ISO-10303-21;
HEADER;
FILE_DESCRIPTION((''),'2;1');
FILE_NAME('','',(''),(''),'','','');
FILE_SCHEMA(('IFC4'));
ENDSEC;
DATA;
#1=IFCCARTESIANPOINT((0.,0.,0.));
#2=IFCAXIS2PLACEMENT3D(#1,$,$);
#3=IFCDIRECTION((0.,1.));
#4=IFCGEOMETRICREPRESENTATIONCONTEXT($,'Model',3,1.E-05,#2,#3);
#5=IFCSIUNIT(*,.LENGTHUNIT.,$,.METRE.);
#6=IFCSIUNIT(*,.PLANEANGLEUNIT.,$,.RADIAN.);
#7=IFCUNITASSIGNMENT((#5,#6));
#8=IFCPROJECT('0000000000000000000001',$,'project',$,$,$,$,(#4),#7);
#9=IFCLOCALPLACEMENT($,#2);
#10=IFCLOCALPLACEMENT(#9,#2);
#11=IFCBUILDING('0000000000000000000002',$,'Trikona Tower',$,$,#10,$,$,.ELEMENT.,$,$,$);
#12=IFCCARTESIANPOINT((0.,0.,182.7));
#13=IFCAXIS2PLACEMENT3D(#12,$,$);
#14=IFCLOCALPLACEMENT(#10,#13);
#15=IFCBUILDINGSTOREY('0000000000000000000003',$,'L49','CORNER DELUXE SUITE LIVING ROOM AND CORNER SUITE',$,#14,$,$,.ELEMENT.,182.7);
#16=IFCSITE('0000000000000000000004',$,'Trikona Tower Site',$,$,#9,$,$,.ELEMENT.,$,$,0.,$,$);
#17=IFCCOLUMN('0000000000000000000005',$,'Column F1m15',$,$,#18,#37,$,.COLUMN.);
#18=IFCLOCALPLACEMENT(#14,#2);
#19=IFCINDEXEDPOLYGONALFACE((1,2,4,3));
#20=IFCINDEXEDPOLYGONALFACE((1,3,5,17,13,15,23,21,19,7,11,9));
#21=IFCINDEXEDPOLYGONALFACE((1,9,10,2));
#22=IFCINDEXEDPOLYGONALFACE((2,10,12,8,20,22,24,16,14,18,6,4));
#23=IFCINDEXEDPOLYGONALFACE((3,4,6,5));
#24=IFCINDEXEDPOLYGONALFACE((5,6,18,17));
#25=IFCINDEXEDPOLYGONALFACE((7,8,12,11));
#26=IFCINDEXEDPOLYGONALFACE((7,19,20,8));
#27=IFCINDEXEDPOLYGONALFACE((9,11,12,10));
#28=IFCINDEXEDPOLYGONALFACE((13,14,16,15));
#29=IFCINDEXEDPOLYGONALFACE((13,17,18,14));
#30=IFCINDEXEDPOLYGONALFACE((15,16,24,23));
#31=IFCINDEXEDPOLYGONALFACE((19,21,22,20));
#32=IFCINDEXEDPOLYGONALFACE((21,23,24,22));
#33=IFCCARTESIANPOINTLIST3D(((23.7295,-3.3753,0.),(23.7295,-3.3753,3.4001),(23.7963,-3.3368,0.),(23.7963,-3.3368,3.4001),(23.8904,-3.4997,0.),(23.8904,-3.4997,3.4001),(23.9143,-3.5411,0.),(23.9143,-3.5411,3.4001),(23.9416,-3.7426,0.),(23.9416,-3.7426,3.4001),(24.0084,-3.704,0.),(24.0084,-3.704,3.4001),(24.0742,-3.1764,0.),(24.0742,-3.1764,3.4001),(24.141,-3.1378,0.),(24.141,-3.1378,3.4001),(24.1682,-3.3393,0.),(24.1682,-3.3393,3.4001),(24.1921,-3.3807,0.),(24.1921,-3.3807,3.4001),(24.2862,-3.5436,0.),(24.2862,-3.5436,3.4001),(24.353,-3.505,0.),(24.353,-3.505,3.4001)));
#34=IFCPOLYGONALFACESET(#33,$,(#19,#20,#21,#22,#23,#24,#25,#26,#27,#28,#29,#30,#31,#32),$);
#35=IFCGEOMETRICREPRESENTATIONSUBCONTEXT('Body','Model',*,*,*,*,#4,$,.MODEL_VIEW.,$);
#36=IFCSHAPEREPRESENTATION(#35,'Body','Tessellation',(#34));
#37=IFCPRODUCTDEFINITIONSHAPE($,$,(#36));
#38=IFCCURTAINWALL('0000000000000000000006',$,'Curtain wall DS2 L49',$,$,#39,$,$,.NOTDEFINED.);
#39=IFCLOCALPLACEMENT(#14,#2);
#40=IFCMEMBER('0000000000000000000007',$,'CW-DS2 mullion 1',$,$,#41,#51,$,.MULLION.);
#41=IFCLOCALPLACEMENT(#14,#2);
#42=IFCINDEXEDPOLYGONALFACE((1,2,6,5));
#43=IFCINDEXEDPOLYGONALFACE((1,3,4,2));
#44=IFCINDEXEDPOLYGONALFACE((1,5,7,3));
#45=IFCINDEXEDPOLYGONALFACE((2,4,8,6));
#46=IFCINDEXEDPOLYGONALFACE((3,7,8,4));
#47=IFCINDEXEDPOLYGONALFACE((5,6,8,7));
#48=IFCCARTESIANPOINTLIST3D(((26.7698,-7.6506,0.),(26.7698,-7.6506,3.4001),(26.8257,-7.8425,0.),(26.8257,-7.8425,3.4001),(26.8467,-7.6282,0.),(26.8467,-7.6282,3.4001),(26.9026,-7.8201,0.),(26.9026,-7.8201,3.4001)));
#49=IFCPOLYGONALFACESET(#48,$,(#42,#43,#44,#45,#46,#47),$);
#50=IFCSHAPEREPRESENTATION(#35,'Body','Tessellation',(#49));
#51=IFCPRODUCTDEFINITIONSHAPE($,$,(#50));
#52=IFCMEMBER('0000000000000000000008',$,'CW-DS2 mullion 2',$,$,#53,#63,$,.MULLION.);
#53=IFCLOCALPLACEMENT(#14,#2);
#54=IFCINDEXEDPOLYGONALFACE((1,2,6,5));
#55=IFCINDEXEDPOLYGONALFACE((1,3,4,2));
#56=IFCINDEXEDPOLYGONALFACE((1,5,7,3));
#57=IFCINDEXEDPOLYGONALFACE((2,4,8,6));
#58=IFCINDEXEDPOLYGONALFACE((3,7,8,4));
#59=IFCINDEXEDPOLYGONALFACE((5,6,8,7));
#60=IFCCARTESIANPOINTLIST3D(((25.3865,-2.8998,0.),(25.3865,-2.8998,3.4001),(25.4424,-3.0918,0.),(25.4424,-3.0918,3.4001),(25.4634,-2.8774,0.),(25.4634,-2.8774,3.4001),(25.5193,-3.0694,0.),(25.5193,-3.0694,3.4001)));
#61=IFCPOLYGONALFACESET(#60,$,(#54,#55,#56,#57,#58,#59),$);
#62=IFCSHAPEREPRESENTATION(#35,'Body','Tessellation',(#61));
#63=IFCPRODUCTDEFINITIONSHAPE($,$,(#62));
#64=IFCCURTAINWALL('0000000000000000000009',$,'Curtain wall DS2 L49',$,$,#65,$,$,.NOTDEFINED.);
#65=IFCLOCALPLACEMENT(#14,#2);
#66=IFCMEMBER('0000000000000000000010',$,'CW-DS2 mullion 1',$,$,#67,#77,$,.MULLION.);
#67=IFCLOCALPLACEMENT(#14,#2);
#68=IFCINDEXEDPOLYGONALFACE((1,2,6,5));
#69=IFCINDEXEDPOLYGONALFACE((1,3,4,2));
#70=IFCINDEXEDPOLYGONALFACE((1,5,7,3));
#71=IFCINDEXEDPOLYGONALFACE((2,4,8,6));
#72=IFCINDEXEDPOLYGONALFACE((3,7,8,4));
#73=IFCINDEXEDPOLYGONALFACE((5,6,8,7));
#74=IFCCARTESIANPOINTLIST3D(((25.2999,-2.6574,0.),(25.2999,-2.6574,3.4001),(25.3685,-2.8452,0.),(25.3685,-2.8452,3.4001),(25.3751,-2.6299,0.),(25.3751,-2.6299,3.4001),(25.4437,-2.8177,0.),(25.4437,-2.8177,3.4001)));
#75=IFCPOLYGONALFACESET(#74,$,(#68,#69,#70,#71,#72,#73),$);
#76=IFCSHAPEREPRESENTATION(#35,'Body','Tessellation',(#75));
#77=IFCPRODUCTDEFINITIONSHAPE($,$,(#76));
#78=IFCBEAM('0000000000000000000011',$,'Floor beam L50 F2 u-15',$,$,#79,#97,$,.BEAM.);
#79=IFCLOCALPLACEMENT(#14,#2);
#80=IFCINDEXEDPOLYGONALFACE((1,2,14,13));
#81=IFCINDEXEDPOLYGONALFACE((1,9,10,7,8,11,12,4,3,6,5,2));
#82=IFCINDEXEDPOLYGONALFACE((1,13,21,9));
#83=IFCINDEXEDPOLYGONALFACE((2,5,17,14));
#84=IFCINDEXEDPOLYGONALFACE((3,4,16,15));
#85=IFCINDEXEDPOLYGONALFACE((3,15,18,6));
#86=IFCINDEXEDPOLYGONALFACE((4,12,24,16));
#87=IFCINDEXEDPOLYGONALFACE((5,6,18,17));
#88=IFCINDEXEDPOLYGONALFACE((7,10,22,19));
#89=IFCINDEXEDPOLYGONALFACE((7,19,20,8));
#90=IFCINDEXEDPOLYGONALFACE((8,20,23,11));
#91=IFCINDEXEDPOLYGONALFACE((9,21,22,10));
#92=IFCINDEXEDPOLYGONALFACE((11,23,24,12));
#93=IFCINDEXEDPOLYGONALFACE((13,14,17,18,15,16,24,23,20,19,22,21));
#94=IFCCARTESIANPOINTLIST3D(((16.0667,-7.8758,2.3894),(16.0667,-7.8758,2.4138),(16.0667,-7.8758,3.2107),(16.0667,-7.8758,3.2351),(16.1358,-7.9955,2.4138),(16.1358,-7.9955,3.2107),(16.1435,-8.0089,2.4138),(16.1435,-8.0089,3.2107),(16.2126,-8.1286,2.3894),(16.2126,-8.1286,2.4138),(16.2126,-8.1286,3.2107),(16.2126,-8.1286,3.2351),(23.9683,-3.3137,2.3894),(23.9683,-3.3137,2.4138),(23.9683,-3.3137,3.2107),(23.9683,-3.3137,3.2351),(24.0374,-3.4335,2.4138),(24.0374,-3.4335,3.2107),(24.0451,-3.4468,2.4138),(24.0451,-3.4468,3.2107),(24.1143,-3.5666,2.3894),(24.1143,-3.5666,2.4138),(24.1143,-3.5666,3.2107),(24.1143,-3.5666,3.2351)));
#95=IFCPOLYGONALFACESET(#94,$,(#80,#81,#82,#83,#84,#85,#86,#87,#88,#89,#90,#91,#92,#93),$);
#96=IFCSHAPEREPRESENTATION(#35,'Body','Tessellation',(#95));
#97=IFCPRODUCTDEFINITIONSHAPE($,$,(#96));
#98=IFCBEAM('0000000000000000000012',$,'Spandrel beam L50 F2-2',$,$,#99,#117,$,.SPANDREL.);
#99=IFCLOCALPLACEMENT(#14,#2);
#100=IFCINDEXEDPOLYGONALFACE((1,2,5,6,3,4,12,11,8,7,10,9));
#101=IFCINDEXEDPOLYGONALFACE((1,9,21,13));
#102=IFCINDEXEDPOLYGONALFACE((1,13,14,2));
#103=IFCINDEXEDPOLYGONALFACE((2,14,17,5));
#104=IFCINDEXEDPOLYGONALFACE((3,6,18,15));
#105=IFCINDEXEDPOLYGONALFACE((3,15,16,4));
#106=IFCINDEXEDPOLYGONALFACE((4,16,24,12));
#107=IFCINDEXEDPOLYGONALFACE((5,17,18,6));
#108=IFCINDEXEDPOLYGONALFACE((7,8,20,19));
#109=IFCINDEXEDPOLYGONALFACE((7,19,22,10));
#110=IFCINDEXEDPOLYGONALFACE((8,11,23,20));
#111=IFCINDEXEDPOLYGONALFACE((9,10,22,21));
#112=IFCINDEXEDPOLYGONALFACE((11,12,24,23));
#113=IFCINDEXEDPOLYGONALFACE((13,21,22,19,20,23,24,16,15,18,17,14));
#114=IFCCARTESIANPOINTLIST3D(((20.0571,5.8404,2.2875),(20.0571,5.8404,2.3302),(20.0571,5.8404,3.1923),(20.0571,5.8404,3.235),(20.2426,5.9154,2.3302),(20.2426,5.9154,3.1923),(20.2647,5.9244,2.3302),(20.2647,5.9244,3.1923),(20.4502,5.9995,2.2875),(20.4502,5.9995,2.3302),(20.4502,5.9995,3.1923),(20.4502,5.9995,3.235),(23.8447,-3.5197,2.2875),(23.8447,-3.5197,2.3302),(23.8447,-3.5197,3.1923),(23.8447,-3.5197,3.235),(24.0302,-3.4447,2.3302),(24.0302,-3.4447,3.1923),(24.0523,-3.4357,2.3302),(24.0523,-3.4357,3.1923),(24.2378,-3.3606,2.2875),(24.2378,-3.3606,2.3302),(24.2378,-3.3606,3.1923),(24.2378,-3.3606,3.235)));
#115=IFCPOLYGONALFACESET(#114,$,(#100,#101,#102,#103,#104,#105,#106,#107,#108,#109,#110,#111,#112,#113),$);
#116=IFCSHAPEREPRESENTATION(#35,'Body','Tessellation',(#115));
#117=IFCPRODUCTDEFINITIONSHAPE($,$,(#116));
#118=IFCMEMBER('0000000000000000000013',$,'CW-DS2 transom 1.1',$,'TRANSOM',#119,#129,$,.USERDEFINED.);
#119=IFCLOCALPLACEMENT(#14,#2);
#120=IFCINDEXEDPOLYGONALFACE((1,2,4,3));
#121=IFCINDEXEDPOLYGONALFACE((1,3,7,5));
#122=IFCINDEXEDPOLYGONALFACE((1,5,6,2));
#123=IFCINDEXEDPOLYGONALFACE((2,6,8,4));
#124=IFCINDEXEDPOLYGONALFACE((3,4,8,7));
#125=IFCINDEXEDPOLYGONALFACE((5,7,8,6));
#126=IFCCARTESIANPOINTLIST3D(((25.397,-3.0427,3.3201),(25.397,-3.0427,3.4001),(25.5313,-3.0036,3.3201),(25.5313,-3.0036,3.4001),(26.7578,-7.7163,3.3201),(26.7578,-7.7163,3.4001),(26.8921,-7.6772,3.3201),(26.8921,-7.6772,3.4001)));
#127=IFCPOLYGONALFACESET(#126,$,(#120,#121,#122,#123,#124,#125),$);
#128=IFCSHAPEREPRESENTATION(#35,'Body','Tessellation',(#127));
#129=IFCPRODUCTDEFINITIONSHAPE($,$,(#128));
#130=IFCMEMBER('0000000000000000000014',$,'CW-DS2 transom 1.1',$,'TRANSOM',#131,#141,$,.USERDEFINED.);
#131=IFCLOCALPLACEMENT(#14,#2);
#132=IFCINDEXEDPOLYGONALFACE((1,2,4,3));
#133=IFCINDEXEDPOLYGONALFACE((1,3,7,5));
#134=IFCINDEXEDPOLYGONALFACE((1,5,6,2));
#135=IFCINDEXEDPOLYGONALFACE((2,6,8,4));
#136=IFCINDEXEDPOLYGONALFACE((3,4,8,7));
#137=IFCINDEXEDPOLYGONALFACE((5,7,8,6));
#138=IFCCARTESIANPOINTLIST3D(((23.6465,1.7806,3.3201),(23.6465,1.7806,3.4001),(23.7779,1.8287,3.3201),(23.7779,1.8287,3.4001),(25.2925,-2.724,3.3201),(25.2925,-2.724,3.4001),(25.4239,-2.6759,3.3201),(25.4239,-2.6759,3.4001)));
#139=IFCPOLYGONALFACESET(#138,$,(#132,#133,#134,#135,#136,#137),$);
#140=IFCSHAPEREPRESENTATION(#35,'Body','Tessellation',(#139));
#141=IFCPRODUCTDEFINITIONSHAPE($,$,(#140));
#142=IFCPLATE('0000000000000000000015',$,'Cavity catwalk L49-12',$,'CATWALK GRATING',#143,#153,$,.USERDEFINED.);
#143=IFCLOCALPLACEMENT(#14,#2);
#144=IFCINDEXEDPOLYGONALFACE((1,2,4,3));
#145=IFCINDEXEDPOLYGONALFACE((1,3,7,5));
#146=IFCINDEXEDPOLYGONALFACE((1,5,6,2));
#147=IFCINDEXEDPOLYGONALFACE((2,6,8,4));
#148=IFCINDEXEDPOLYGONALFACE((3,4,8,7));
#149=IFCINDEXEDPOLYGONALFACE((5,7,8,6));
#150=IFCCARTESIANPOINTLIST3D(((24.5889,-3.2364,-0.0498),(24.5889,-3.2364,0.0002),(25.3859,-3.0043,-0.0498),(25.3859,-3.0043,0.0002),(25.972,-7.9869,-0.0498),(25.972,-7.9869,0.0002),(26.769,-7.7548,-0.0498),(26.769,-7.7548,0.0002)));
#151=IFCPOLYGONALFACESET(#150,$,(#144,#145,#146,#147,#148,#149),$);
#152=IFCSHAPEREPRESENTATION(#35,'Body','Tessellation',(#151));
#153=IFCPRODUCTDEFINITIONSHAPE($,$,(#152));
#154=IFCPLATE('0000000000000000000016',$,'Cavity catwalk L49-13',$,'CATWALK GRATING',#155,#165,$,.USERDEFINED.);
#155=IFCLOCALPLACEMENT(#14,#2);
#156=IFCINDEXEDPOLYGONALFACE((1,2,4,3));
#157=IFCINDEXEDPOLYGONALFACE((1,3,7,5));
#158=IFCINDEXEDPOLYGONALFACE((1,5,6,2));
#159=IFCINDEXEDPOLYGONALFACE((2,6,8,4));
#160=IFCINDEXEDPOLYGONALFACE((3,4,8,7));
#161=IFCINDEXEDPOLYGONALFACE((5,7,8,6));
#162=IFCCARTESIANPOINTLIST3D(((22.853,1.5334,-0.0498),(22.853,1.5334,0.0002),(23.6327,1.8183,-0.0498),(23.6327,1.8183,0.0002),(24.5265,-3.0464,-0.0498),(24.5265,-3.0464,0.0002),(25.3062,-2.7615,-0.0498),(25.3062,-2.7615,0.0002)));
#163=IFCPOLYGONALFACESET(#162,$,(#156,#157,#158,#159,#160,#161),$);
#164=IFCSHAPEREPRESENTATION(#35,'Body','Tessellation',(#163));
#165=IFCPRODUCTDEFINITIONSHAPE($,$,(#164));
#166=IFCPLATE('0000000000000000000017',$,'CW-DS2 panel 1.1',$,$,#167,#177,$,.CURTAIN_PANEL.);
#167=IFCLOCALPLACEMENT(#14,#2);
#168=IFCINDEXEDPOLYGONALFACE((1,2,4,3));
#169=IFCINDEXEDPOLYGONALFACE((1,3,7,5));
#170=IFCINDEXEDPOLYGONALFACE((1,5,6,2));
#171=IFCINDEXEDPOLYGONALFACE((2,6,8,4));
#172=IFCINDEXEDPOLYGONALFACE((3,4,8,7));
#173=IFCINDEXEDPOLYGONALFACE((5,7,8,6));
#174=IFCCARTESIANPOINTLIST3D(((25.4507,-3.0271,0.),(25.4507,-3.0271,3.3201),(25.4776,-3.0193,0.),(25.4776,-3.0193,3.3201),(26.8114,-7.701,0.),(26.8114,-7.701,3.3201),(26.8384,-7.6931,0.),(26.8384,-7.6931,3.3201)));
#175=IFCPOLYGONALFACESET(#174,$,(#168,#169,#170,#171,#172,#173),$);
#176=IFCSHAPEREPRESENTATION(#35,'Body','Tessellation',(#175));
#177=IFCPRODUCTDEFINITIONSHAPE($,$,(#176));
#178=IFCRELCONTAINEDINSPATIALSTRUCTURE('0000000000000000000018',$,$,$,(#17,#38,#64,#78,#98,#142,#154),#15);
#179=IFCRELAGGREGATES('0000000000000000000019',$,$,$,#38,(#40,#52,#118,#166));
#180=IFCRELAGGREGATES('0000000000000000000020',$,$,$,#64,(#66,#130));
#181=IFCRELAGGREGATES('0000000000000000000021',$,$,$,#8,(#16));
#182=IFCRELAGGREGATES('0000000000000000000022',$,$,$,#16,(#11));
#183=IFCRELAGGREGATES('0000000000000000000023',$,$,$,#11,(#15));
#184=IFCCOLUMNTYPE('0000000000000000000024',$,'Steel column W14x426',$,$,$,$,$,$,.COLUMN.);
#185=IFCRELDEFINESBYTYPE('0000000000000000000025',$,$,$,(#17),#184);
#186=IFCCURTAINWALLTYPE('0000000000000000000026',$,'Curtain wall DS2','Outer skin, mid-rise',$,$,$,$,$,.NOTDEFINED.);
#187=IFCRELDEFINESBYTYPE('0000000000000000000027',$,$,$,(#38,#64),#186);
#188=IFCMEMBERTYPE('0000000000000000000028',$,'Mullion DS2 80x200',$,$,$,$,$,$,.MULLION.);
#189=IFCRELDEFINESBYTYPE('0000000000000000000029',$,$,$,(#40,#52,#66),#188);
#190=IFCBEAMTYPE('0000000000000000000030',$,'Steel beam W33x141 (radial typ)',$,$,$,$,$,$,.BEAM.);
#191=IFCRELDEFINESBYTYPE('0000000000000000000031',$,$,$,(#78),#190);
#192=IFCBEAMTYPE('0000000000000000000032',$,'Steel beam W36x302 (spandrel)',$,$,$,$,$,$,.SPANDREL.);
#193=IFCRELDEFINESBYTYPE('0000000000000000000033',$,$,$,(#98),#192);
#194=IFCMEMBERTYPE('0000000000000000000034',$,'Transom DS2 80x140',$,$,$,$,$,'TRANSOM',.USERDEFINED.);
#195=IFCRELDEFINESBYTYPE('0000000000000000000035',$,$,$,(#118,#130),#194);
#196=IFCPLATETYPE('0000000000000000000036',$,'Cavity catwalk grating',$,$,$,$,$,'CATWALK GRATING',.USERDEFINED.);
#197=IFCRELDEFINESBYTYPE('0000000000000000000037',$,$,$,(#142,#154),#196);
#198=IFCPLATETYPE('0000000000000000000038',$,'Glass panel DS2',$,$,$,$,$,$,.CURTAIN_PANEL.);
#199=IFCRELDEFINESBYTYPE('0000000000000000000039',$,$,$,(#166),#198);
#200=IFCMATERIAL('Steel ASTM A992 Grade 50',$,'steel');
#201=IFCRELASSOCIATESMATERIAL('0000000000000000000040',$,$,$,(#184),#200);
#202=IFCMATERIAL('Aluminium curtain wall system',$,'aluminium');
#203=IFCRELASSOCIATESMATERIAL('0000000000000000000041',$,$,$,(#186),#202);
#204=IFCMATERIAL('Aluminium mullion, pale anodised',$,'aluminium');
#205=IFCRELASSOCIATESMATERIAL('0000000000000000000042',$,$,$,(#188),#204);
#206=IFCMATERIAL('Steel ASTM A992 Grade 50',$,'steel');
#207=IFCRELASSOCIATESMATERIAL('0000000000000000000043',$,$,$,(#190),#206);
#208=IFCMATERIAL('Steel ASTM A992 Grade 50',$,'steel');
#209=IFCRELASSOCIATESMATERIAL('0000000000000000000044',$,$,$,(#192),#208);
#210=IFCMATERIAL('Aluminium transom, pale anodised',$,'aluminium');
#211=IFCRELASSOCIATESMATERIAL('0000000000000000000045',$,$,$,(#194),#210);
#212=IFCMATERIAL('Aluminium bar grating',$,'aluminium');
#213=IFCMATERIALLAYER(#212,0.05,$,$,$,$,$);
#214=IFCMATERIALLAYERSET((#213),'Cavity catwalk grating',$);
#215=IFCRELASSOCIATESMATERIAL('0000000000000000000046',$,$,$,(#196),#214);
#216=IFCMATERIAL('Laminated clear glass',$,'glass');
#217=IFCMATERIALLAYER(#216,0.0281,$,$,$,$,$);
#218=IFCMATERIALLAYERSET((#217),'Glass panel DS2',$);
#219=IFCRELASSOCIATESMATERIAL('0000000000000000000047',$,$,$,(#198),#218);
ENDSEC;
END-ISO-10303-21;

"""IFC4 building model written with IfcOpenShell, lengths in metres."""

from ifc_helpers import new_model, si_unit, direction, frame, origin, origin_2d, place, context, subcontext, project, spatial, rectangle, i_section, extrude, material, layer, layer_set, material_profile, profile_set, type_object, element, aggregate, save


model = new_model("IFC4")

# Units and contexts
model_context = context("Model", 3, precision=1e-05, world=origin(), true_north=direction((0.0, 1.0)))
body_context = subcontext(model_context, "Body", "Model", "MODEL_VIEW")
ifc_project = project(units=[si_unit("LENGTHUNIT", "METRE"), si_unit("PLANEANGLEUNIT", "RADIAN")], contexts=[model_context])

# Site, building, storey
site_placement = place(None, origin())
site = spatial("IfcSite", under=ifc_project, at=site_placement, Name="Trikona Tower Site", CompositionType="ELEMENT", RefElevation=0.0)
building_placement = place(site_placement, origin())
building = spatial("IfcBuilding", under=site, at=building_placement, Name="Trikona Tower", CompositionType="ELEMENT")
storey_placement = place(building_placement, frame((0.0, 0.0, 182.7)))
storey = spatial("IfcBuildingStorey", under=building, at=storey_placement, Name="L49", Description="CORNER DELUXE SUITE LIVING ROOM AND CORNER SUITE", CompositionType="ELEMENT", Elevation=182.7)

# Column
ifc_material_1 = material(Name="Steel ASTM A992 Grade 50", Category="steel")
ifc_material_profile_1 = material_profile(ifc_material_1, i_section(OverallWidth=0.4241, OverallDepth=0.4751, WebThickness=0.0479, FlangeThickness=0.0771, at=origin_2d()), Name="W14X426")
ifc_profile_set_1 = profile_set([ifc_material_profile_1], Name="Steel ASTM A992 Grade 50")
column_type = type_object("IfcColumnType", Name="Steel column W14x426", PredefinedType="COLUMN", material=ifc_profile_set_1)
column_placement = place(storey_placement, frame((24.0413, -3.4402, 0.0), z_axis=(0.0, 0.0, 1.0), x_axis=(-0.5, 0.866025, 0.0)))
element("IfcColumn", 1, at=column_placement, inside=storey, type_object=column_type, Name="Column F1m15", PredefinedType="COLUMN", context=body_context, shape_type="SweptSolid", body=[
    extrude(i_section(OverallWidth=0.4241, OverallDepth=0.4751, WebThickness=0.0479, FlangeThickness=0.0771, at=origin_2d()), origin(), (0.0, 0.0, 1.0), 3.4001),
])

# Curtain wall, members
ifc_material_2 = material(Name="Aluminium curtain wall system", Category="aluminium")
curtain_wall_type = type_object("IfcCurtainWallType", Name="Curtain wall DS2", Description="Outer skin, mid-rise", PredefinedType="NOTDEFINED", material=ifc_material_2)
curtain_wall_1_placement = place(storey_placement, origin())
curtain_wall_1 = element("IfcCurtainWall", 2, at=curtain_wall_1_placement, inside=storey, type_object=curtain_wall_type, Name="Curtain wall DS2 L49", PredefinedType="NOTDEFINED")
ifc_material_3 = material(Name="Aluminium mullion, pale anodised", Category="aluminium")
ifc_material_profile_2 = material_profile(ifc_material_3, rectangle(XDim=0.0801, YDim=0.2, at=origin_2d()), Name="MUL-DS2")
ifc_profile_set_2 = profile_set([ifc_material_profile_2], Name="Aluminium mullion, pale anodised")
member_type_1 = type_object("IfcMemberType", Name="Mullion DS2 80x200", PredefinedType="MULLION", material=ifc_profile_set_2)
member_1_placement = place(storey_placement, frame((26.8362, -7.7354, 0.0), z_axis=(0.0, 0.0, 1.0), x_axis=(-0.960133, -0.279543, 0.0)))
member_1 = element("IfcMember", 3, at=member_1_placement, type_object=member_type_1, Name="CW-DS2 mullion 1", PredefinedType="MULLION", context=body_context, shape_type="SweptSolid", body=[
    extrude(rectangle(XDim=0.0801, YDim=0.2, at=origin_2d()), origin(), (0.0, 0.0, 1.0), 3.4001),
])
member_2_placement = place(storey_placement, frame((25.4529, -2.9846, 0.0), z_axis=(0.0, 0.0, 1.0), x_axis=(-0.960133, -0.279543, 0.0)))
member_2 = element("IfcMember", 4, at=member_2_placement, type_object=member_type_1, Name="CW-DS2 mullion 2", PredefinedType="MULLION", context=body_context, shape_type="SweptSolid", body=[
    extrude(rectangle(XDim=0.0801, YDim=0.2, at=origin_2d()), origin(), (0.0, 0.0, 1.0), 3.4001),
])

# Curtain wall, member
curtain_wall_2_placement = place(storey_placement, origin())
curtain_wall_2 = element("IfcCurtainWall", 5, at=curtain_wall_2_placement, inside=storey, type_object=curtain_wall_type, Name="Curtain wall DS2 L49", PredefinedType="NOTDEFINED")
member_3_placement = place(storey_placement, frame((25.3718, -2.7375, 0.0), z_axis=(0.0, 0.0, 1.0), x_axis=(-0.939254, -0.343223, 0.0)))
member_3 = element("IfcMember", 6, at=member_3_placement, type_object=member_type_1, Name="CW-DS2 mullion 1", PredefinedType="MULLION", context=body_context, shape_type="SweptSolid", body=[
    extrude(rectangle(XDim=0.0801, YDim=0.2, at=origin_2d()), origin(), (0.0, 0.0, 1.0), 3.4001),
])

# Beams
ifc_material_4 = material(Name="Steel ASTM A992 Grade 50", Category="steel")
ifc_material_profile_3 = material_profile(ifc_material_4, i_section(OverallWidth=0.292, OverallDepth=0.8457, WebThickness=0.0154, FlangeThickness=0.0244, at=origin_2d()), Name="W33X141")
ifc_profile_set_3 = profile_set([ifc_material_profile_3], Name="Steel ASTM A992 Grade 50")
beam_type_1 = type_object("IfcBeamType", Name="Steel beam W33x141 (radial typ)", PredefinedType="BEAM", material=ifc_profile_set_3)
beam_1_placement = place(storey_placement, frame((16.1396, -8.0022, 2.8123), z_axis=(0.866025, 0.500001, 0.0), x_axis=(-0.500001, 0.866025, 0.0)))
element("IfcBeam", 7, at=beam_1_placement, inside=storey, type_object=beam_type_1, Name="Floor beam L50 F2 u-15", PredefinedType="BEAM", context=body_context, shape_type="SweptSolid", body=[
    extrude(i_section(OverallWidth=0.292, OverallDepth=0.8457, WebThickness=0.0154, FlangeThickness=0.0244, at=origin_2d()), origin(), (0.0, 0.0, 1.0), 9.124),
])
ifc_material_5 = material(Name="Steel ASTM A992 Grade 50", Category="steel")
ifc_material_profile_4 = material_profile(ifc_material_5, i_section(OverallWidth=0.4241, OverallDepth=0.9475, WebThickness=0.0239, FlangeThickness=0.0427, at=origin_2d()), Name="W36X302")
ifc_profile_set_4 = profile_set([ifc_material_profile_4], Name="Steel ASTM A992 Grade 50")
beam_type_2 = type_object("IfcBeamType", Name="Steel beam W36x302 (spandrel)", PredefinedType="SPANDREL", material=ifc_profile_set_4)
beam_2_placement = place(storey_placement, frame((24.0413, -3.4402, 2.7612), z_axis=(-0.375106, 0.926982, 0.0), x_axis=(-0.926982, -0.375106, 0.0)))
element("IfcBeam", 8, at=beam_2_placement, inside=storey, type_object=beam_type_2, Name="Spandrel beam L50 F2-2", PredefinedType="SPANDREL", context=body_context, shape_type="SweptSolid", body=[
    extrude(i_section(OverallWidth=0.4241, OverallDepth=0.9475, WebThickness=0.0239, FlangeThickness=0.0427, at=origin_2d()), origin(), (0.0, 0.0, 1.0), 10.0974),
])

# Members
ifc_material_6 = material(Name="Aluminium transom, pale anodised", Category="aluminium")
ifc_material_profile_5 = material_profile(ifc_material_6, rectangle(XDim=0.1399, YDim=0.0801, at=origin_2d()), Name="TRN-DS2")
ifc_profile_set_5 = profile_set([ifc_material_profile_5], Name="Aluminium transom, pale anodised")
member_type_2 = type_object("IfcMemberType", Name="Transom DS2 80x140", ElementType="TRANSOM", PredefinedType="USERDEFINED", material=ifc_profile_set_5)
member_4_placement = place(storey_placement, frame((26.825, -7.6968, 3.3601), z_axis=(-0.279567, 0.960126, 0.0), x_axis=(-0.960126, -0.279567, 0.0)))
member_4 = element("IfcMember", 9, at=member_4_placement, type_object=member_type_2, Name="CW-DS2 transom 1.1", ObjectType="TRANSOM", PredefinedType="USERDEFINED", context=body_context, shape_type="SweptSolid", body=[
    extrude(rectangle(XDim=0.1399, YDim=0.0801, at=origin_2d()), origin(), (0.0, 0.0, 1.0), 4.8677),
])
member_5_placement = place(storey_placement, frame((25.3582, -2.7, 3.3601), z_axis=(-0.343206, 0.93926, 0.0), x_axis=(-0.93926, -0.343206, 0.0)))
member_5 = element("IfcMember", 10, at=member_5_placement, type_object=member_type_2, Name="CW-DS2 transom 1.1", ObjectType="TRANSOM", PredefinedType="USERDEFINED", context=body_context, shape_type="SweptSolid", body=[
    extrude(rectangle(XDim=0.1399, YDim=0.0801, at=origin_2d()), origin(), (0.0, 0.0, 1.0), 4.7959),
])

# Plates
ifc_material_7 = material(Name="Aluminium bar grating", Category="aluminium")
ifc_layer_1 = layer(ifc_material_7, 0.05)
ifc_layer_set_1 = layer_set([ifc_layer_1], Name="Cavity catwalk grating")
plate_type_1 = type_object("IfcPlateType", Name="Cavity catwalk grating", ElementType="CATWALK GRATING", PredefinedType="USERDEFINED", material=ifc_layer_set_1)
plate_1_placement = place(storey_placement, frame((25.679, -5.4956, -0.0498), z_axis=(0.0, 0.0, 1.0), x_axis=(-0.279554, 0.96013, 0.0)))
element("IfcPlate", 11, at=plate_1_placement, inside=storey, type_object=plate_type_1, Name="Cavity catwalk L49-12", ObjectType="CATWALK GRATING", PredefinedType="USERDEFINED", context=body_context, shape_type="SweptSolid", body=[
    extrude(rectangle(XDim=4.9478, YDim=0.8301, at=origin_2d()), origin(), (0.0, 0.0, 1.0), 0.05),
])
plate_2_placement = place(storey_placement, frame((24.0796, -0.614, -0.0498), z_axis=(0.0, 0.0, 1.0), x_axis=(-0.34322, 0.939255, 0.0)))
element("IfcPlate", 12, at=plate_2_placement, inside=storey, type_object=plate_type_1, Name="Cavity catwalk L49-13", ObjectType="CATWALK GRATING", PredefinedType="USERDEFINED", context=body_context, shape_type="SweptSolid", body=[
    extrude(rectangle(XDim=4.876, YDim=0.8301, at=origin_2d()), origin(), (0.0, 0.0, 1.0), 0.05),
])

# Plate
ifc_material_8 = material(Name="Laminated clear glass", Category="glass")
ifc_layer_2 = layer(ifc_material_8, 0.0281)
ifc_layer_set_2 = layer_set([ifc_layer_2], Name="Glass panel DS2")
plate_type_2 = type_object("IfcPlateType", Name="Glass panel DS2", PredefinedType="CURTAIN_PANEL", material=ifc_layer_set_2)
plate_3_placement = place(storey_placement, frame((26.1445, -5.3601, 0.0), z_axis=(0.0, 0.0, 1.0), x_axis=(-0.279543, 0.960133, 0.0)))
plate_3 = element("IfcPlate", 13, at=plate_3_placement, type_object=plate_type_2, Name="CW-DS2 panel 1.1", PredefinedType="CURTAIN_PANEL", context=body_context, shape_type="SweptSolid", body=[
    extrude(rectangle(XDim=4.8679, YDim=0.0281, at=origin_2d()), origin(), (0.0, 0.0, 1.0), 3.3201),
])
aggregate(curtain_wall_1, [member_1, member_2, member_4, plate_3])
aggregate(curtain_wall_2, [member_3, member_5])

save(model, "model.ifc")
